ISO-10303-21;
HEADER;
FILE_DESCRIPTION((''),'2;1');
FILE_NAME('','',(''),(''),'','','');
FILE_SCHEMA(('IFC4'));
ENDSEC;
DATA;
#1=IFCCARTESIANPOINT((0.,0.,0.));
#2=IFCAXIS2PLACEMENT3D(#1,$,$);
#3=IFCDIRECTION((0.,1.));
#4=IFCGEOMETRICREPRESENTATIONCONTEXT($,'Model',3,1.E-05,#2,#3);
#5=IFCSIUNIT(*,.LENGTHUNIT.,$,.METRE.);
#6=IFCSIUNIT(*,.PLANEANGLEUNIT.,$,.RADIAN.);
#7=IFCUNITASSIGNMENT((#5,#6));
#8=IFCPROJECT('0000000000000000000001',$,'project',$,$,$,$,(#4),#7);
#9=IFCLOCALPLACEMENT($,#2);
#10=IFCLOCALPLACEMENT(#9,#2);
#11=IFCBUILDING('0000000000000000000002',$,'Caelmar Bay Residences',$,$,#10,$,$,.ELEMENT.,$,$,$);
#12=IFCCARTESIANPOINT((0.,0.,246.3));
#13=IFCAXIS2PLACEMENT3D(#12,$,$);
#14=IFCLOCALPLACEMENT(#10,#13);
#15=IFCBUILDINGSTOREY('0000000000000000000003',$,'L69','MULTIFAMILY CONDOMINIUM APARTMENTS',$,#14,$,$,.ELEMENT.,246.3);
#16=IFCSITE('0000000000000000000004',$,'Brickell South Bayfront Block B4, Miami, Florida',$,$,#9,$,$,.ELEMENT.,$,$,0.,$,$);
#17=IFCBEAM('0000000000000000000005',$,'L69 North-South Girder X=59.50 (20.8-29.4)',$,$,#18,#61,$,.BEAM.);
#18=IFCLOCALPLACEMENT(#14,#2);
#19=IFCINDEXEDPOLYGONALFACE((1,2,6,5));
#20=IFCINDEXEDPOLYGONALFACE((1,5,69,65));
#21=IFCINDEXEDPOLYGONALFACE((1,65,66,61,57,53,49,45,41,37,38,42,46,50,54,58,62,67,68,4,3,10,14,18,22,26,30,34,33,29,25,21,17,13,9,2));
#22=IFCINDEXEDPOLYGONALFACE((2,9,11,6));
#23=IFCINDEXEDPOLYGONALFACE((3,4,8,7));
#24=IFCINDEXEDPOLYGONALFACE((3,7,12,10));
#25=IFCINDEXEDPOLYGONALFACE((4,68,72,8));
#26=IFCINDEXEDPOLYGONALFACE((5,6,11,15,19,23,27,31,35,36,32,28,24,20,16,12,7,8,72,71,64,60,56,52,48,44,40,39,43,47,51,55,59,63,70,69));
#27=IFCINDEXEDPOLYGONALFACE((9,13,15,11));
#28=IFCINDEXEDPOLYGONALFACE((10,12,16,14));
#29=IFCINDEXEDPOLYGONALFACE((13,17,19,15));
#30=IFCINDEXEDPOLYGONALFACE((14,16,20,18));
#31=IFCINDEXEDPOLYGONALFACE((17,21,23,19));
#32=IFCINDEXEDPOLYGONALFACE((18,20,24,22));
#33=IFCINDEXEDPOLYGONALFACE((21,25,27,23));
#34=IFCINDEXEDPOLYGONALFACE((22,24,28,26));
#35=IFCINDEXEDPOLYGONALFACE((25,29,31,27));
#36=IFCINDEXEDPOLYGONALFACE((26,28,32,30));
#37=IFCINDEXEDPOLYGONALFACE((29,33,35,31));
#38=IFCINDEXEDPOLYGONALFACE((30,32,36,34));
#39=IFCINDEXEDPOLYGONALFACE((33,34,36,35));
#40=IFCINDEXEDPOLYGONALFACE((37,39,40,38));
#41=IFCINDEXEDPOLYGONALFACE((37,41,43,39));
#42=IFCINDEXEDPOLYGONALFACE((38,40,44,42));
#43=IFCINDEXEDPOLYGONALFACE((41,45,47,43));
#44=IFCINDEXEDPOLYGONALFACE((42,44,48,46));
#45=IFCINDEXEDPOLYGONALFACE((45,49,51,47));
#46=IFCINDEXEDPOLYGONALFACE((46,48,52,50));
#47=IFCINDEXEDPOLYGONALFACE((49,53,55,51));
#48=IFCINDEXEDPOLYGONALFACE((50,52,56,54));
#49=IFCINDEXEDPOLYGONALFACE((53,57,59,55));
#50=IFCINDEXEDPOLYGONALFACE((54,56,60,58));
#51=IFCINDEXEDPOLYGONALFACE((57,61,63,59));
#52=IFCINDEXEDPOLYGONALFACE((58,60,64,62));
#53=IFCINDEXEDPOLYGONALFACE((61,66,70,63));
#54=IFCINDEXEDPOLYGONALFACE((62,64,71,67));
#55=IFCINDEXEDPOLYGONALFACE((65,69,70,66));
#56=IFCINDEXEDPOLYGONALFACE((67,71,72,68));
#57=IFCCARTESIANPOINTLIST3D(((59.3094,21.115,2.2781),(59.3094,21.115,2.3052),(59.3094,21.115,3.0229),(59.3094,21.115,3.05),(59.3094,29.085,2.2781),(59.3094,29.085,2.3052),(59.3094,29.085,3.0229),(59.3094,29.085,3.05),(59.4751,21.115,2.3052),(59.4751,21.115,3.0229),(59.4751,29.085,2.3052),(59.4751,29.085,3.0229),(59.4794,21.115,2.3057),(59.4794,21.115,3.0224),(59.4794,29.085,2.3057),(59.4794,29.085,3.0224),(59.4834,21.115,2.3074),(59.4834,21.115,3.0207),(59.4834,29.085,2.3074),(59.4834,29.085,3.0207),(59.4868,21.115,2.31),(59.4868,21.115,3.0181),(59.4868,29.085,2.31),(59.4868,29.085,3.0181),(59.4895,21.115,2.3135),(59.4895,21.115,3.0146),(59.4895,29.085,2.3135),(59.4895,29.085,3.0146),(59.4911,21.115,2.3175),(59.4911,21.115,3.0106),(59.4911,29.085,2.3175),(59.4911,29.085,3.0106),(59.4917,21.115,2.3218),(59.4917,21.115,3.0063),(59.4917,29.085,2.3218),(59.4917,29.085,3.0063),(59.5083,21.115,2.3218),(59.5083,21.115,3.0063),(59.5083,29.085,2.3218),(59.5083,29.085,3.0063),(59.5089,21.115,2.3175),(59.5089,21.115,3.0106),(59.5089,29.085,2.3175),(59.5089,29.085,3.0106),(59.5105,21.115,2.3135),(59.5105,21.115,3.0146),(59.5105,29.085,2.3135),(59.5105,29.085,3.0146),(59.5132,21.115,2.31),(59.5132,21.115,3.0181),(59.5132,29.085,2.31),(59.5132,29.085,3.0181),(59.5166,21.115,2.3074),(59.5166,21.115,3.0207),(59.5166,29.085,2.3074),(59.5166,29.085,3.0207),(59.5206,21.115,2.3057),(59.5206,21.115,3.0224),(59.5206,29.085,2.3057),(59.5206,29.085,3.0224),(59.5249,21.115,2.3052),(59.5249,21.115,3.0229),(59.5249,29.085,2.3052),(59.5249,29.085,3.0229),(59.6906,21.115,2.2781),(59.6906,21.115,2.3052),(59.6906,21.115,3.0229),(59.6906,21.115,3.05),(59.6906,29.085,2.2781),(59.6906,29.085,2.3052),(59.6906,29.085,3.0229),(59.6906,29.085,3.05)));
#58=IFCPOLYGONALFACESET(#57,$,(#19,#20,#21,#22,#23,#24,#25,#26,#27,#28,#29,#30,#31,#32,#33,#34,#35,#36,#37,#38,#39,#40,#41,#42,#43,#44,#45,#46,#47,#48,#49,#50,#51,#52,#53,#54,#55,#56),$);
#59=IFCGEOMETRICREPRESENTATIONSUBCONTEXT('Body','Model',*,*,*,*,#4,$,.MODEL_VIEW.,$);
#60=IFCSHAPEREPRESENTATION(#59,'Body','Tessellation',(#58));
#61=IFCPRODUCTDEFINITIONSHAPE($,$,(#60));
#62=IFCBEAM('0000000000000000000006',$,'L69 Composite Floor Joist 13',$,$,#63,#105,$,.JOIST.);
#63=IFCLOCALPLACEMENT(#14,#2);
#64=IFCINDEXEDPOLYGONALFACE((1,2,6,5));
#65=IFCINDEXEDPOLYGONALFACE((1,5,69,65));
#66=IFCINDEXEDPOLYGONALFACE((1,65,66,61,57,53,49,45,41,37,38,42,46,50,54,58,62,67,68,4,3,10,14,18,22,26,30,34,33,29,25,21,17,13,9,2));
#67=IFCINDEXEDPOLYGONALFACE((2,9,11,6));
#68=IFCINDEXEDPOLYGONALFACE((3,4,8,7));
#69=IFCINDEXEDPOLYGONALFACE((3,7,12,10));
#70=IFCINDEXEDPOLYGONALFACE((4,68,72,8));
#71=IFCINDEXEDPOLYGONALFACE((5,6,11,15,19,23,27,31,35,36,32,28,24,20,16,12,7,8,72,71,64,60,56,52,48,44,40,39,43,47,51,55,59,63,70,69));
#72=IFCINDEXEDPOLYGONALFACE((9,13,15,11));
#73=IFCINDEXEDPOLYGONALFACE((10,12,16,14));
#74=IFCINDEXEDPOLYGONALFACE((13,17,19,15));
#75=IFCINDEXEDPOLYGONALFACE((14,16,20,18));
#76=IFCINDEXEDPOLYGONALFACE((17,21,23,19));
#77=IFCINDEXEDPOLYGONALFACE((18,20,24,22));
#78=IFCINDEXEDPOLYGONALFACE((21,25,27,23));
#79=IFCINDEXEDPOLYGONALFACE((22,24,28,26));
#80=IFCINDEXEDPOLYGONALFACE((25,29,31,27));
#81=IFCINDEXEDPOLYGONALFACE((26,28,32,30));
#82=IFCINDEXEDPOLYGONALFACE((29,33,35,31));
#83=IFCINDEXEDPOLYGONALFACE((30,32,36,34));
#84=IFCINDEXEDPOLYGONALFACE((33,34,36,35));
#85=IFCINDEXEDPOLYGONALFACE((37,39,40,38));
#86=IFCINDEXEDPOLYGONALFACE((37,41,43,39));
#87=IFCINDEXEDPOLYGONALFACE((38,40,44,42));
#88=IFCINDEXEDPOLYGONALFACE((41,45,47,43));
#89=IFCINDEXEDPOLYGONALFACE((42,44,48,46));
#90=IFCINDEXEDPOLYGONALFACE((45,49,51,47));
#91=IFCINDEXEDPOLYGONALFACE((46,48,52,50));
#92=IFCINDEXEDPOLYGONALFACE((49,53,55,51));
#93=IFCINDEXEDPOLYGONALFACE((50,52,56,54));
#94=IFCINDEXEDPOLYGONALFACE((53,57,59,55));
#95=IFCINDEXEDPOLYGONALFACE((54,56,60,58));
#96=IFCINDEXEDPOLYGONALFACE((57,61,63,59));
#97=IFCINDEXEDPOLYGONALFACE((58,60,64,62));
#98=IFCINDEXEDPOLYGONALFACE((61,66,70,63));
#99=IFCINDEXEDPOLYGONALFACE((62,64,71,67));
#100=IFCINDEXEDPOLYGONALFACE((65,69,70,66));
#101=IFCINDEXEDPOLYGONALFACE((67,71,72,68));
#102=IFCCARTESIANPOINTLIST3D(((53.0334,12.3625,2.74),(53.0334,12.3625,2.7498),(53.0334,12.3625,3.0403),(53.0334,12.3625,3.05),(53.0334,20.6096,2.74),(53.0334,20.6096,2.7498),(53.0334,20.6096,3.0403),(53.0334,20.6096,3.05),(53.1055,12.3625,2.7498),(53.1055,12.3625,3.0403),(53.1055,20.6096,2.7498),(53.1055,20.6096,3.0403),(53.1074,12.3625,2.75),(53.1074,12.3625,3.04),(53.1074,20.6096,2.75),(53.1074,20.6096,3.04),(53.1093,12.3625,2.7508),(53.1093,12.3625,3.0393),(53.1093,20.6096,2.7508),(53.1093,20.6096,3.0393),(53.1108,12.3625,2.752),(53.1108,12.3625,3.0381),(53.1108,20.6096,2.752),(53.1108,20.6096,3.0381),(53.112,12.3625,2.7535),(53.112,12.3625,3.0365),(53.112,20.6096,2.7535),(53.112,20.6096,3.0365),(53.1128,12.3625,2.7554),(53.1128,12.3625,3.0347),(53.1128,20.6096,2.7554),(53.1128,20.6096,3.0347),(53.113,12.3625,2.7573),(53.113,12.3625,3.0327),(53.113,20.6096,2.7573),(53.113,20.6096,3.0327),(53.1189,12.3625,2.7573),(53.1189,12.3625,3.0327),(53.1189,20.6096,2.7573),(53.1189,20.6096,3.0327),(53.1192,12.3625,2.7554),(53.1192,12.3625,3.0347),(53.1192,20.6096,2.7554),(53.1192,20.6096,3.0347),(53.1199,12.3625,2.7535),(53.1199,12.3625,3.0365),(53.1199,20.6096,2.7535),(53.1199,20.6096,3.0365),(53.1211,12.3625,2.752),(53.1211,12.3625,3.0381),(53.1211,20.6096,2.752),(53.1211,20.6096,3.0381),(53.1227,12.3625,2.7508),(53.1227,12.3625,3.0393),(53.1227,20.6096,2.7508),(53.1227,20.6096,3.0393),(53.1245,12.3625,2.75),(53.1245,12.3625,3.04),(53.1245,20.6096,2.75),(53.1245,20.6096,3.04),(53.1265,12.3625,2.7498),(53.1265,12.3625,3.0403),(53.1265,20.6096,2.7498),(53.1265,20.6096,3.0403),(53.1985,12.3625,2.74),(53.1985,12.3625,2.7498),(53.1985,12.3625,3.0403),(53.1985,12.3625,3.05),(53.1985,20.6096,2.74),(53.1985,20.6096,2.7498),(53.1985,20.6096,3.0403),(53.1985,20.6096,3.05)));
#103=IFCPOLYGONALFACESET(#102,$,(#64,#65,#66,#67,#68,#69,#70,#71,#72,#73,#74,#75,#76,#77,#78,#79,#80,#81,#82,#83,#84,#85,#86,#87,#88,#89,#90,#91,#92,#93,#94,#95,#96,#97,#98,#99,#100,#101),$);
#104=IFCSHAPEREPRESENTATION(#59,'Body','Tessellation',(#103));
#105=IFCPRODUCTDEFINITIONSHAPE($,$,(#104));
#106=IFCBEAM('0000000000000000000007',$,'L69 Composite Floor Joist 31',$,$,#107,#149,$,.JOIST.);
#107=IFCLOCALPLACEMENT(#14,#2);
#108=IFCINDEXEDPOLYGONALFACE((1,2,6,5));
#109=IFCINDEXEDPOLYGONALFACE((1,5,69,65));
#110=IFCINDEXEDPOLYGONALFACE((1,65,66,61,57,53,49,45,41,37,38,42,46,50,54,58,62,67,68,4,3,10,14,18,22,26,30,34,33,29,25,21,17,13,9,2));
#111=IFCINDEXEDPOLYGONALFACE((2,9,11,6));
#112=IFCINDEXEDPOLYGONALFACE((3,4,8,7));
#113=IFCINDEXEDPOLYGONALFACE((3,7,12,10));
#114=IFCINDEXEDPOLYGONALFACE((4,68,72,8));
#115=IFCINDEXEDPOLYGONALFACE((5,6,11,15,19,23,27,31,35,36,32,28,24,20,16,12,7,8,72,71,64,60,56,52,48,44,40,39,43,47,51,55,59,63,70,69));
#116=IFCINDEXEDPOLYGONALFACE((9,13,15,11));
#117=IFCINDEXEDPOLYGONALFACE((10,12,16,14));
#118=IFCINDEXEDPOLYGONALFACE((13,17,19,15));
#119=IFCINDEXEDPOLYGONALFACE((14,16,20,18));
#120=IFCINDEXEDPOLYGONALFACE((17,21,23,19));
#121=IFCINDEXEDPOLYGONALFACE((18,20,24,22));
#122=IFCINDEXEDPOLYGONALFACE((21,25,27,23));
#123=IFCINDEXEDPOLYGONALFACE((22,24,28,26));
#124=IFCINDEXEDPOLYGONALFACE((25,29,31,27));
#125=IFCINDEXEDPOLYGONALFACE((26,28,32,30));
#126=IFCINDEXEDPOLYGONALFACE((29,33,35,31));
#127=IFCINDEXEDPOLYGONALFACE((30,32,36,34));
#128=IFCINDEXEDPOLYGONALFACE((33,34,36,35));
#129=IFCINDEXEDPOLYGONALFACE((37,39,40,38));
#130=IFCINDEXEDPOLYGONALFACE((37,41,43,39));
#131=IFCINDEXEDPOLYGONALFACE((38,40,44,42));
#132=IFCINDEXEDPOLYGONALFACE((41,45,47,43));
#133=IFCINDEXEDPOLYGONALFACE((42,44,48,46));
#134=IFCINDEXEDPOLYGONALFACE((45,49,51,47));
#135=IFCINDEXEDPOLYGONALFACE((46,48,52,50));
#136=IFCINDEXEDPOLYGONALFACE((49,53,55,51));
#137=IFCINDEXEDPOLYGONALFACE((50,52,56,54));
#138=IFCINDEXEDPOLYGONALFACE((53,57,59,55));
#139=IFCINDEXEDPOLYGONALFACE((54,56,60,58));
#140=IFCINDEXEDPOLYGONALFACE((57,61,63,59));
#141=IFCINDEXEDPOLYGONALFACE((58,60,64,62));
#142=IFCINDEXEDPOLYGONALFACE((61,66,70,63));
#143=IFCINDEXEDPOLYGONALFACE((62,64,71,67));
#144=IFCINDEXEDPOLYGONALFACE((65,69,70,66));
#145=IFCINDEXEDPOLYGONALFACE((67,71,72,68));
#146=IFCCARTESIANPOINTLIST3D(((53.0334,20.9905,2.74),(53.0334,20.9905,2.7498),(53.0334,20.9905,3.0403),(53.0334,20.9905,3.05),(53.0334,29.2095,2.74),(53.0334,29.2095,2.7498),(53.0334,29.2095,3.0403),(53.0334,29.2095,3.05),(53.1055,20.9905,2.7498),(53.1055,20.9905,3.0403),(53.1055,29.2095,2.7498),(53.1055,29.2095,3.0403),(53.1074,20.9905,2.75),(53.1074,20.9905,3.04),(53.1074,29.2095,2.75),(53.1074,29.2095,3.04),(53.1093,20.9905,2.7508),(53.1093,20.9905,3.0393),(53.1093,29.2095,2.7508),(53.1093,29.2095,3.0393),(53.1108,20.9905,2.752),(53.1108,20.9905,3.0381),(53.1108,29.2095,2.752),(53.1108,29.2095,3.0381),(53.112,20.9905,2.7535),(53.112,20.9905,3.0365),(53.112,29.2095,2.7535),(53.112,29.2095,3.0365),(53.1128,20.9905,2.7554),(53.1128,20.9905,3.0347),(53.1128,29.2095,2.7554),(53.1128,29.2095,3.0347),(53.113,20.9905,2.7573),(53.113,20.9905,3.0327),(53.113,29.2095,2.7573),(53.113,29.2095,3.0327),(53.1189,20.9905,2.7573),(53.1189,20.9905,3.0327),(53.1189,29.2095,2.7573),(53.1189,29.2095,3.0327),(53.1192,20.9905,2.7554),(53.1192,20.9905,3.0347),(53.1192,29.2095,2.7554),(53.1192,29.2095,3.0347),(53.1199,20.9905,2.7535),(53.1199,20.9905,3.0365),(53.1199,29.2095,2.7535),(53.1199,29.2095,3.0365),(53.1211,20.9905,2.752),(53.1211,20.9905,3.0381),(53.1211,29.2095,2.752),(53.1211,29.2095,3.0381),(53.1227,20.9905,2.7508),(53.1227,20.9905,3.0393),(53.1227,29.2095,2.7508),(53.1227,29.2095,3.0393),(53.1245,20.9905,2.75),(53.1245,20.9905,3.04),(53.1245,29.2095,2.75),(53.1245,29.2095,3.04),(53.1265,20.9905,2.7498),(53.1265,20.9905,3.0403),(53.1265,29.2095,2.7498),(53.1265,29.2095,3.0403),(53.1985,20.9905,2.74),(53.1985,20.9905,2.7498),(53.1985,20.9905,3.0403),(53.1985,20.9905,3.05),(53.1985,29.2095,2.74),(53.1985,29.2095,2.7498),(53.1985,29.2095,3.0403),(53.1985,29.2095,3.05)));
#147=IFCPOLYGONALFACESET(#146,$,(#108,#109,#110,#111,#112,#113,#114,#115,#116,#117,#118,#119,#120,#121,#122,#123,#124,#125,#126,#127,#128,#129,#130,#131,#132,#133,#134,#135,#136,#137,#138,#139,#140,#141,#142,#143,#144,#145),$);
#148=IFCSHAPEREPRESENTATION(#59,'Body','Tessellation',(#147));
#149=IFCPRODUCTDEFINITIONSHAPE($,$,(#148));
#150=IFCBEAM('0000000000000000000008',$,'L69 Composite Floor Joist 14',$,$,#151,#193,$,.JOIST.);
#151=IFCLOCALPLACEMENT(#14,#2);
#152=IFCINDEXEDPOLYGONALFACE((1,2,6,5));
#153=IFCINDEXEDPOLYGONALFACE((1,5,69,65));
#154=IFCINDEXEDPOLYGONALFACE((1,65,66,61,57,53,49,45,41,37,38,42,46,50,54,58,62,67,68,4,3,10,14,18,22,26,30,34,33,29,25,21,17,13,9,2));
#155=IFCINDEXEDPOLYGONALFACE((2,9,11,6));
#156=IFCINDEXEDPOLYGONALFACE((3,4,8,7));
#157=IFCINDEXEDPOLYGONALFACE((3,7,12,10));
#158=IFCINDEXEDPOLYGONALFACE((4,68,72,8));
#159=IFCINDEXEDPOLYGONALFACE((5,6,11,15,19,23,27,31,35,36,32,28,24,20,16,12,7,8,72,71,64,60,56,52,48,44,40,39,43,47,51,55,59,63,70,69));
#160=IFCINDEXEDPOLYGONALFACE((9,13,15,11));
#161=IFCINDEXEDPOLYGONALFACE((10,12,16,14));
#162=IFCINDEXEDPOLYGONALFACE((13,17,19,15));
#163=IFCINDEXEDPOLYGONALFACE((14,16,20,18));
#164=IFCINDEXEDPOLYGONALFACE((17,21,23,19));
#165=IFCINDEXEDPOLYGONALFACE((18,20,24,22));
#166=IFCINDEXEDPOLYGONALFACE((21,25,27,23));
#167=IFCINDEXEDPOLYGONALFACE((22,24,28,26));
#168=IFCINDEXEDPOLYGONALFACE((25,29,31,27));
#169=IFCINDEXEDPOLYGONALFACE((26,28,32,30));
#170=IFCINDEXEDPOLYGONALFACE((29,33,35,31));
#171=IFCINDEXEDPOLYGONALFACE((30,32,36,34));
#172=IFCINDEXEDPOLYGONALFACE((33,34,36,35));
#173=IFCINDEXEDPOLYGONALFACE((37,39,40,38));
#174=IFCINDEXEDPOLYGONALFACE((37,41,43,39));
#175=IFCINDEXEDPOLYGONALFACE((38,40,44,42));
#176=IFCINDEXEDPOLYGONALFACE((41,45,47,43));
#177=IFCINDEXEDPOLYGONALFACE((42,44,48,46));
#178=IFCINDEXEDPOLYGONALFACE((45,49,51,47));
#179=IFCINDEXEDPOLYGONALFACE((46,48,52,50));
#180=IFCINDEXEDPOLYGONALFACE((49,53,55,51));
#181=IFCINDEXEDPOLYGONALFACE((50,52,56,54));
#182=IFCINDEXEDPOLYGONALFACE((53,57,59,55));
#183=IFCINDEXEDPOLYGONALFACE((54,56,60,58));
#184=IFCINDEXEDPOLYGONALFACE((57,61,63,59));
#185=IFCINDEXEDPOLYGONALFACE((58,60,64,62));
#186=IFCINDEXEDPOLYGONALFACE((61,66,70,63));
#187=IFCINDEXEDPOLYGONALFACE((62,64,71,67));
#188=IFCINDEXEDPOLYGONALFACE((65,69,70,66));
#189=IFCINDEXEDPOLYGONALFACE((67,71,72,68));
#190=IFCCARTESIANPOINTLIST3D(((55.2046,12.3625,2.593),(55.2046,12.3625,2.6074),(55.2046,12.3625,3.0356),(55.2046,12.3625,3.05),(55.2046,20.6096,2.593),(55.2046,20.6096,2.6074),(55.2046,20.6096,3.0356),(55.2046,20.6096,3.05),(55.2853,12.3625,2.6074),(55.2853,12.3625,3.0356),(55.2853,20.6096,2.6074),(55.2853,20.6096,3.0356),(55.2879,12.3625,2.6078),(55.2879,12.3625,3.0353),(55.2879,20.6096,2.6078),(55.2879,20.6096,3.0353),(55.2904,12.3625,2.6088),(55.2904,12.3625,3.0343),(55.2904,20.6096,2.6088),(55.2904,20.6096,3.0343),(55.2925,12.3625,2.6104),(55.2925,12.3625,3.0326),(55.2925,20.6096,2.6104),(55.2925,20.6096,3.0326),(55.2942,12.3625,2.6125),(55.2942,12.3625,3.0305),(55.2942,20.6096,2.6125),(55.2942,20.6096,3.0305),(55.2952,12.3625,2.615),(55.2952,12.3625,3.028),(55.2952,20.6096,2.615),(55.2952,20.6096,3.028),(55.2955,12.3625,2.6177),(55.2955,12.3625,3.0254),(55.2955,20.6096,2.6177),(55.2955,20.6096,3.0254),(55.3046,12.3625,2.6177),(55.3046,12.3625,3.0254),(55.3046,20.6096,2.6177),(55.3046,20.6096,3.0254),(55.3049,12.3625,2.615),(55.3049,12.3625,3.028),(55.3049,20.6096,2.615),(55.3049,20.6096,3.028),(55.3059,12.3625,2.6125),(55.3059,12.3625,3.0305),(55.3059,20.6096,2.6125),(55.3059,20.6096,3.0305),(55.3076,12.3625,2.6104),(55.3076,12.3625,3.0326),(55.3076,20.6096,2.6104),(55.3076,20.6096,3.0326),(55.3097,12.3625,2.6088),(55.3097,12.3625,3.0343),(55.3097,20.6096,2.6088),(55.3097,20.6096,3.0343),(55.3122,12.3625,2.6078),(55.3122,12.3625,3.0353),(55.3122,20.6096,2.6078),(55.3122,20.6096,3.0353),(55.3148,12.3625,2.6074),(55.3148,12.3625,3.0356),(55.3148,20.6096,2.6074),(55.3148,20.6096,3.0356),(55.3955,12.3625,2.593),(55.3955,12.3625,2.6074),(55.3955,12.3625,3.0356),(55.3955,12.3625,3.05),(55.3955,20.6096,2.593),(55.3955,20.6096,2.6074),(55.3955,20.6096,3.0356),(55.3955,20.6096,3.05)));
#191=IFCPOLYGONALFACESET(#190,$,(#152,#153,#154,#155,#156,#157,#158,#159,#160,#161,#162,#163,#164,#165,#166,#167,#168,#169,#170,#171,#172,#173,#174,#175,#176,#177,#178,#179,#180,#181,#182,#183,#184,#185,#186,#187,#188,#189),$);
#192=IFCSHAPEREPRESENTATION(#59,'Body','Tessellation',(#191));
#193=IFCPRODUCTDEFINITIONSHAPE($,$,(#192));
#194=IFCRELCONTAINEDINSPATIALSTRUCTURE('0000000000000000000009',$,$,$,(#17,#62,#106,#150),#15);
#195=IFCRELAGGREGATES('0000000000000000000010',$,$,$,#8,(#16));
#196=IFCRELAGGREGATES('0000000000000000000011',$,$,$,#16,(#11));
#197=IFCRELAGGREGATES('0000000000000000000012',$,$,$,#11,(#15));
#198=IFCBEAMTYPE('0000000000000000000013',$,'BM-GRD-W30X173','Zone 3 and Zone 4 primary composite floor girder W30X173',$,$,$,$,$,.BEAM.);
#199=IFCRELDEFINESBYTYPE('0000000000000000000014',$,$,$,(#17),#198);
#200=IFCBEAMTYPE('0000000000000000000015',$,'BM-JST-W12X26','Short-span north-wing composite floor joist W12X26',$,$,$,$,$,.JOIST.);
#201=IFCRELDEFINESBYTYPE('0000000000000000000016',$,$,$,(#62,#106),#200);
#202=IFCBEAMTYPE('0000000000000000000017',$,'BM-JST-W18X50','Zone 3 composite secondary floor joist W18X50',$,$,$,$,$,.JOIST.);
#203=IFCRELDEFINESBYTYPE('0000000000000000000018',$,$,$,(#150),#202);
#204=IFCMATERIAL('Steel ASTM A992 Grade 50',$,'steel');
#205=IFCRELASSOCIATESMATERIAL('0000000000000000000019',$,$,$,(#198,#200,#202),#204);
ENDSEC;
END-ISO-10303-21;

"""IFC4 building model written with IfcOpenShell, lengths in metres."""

from ifc_helpers import new_model, si_unit, direction, frame, origin, origin_2d, place, context, subcontext, project, spatial, i_section, extrude, material, material_profile, profile_set, type_object, element, save


model = new_model("IFC4")

# Units and contexts
model_context = context("Model", 3, precision=1e-05, world=origin(), true_north=direction((0.0, 1.0)))
body_context = subcontext(model_context, "Body", "Model", "MODEL_VIEW")
ifc_project = project(units=[si_unit("LENGTHUNIT", "METRE"), si_unit("PLANEANGLEUNIT", "RADIAN")], contexts=[model_context])

# Site, building, storey
site_placement = place(None, origin())
site = spatial("IfcSite", under=ifc_project, at=site_placement, Name="Brickell South Bayfront Block B4, Miami, Florida", CompositionType="ELEMENT", RefElevation=0.0)
building_placement = place(site_placement, origin())
building = spatial("IfcBuilding", under=site, at=building_placement, Name="Caelmar Bay Residences", CompositionType="ELEMENT")
storey_placement = place(building_placement, frame((0.0, 0.0, 246.3)))
storey = spatial("IfcBuildingStorey", under=building, at=storey_placement, Name="L69", Description="MULTIFAMILY CONDOMINIUM APARTMENTS", CompositionType="ELEMENT", Elevation=246.3)

# Beams
ifc_material_1 = material(Name="Steel ASTM A992 Grade 50", Category="steel")
ifc_material_profile_1 = material_profile(ifc_material_1, i_section(OverallWidth=0.3811, OverallDepth=0.772, WebThickness=0.0166, FlangeThickness=0.0271, FilletRadius=0.0166, at=origin_2d()), Name="W30X173")
ifc_profile_set_1 = profile_set([ifc_material_profile_1], Name="Steel ASTM A992 Grade 50")
beam_type_1 = type_object("IfcBeamType", Name="BM-GRD-W30X173", Description="Zone 3 and Zone 4 primary composite floor girder W30X173", PredefinedType="BEAM", material=ifc_profile_set_1)
beam_1_placement = place(storey_placement, frame((59.5, 21.115, 2.6641), z_axis=(0.0, 1.0, 0.0), x_axis=(-1.0, 0.0, 0.0)))
element("IfcBeam", 1, at=beam_1_placement, inside=storey, type_object=beam_type_1, Name="L69 North-South Girder X=59.50 (20.8-29.4)", PredefinedType="BEAM", context=body_context, shape_type="SweptSolid", body=[
    extrude(i_section(OverallWidth=0.3811, OverallDepth=0.772, WebThickness=0.0166, FlangeThickness=0.0271, FilletRadius=0.0166, at=origin_2d()), origin(), (0.0, 0.0, 1.0), 7.97),
])
ifc_material_profile_2 = material_profile(ifc_material_1, i_section(OverallWidth=0.165, OverallDepth=0.3101, WebThickness=0.0059, FlangeThickness=0.0098, FilletRadius=0.0076, at=origin_2d()), Name="W12X26")
ifc_profile_set_2 = profile_set([ifc_material_profile_2], Name="Steel ASTM A992 Grade 50")
beam_type_2 = type_object("IfcBeamType", Name="BM-JST-W12X26", Description="Short-span north-wing composite floor joist W12X26", PredefinedType="JOIST", material=ifc_profile_set_2)
beam_2_placement = place(storey_placement, frame((53.116, 12.3625, 2.895), z_axis=(0.0, 1.0, 0.0), x_axis=(-1.0, 0.0, 0.0)))
element("IfcBeam", 2, at=beam_2_placement, inside=storey, type_object=beam_type_2, Name="L69 Composite Floor Joist 13", PredefinedType="JOIST", context=body_context, shape_type="SweptSolid", body=[
    extrude(i_section(OverallWidth=0.165, OverallDepth=0.3101, WebThickness=0.0059, FlangeThickness=0.0098, FilletRadius=0.0076, at=origin_2d()), origin(), (0.0, 0.0, 1.0), 8.2471),
])
beam_3_placement = place(storey_placement, frame((53.116, 20.9905, 2.895), z_axis=(0.0, 1.0, 0.0), x_axis=(-1.0, 0.0, 0.0)))
element("IfcBeam", 3, at=beam_3_placement, inside=storey, type_object=beam_type_2, Name="L69 Composite Floor Joist 31", PredefinedType="JOIST", context=body_context, shape_type="SweptSolid", body=[
    extrude(i_section(OverallWidth=0.165, OverallDepth=0.3101, WebThickness=0.0059, FlangeThickness=0.0098, FilletRadius=0.0076, at=origin_2d()), origin(), (0.0, 0.0, 1.0), 8.219),
])
ifc_material_profile_3 = material_profile(ifc_material_1, i_section(OverallWidth=0.1909, OverallDepth=0.457, WebThickness=0.009, FlangeThickness=0.0144, FilletRadius=0.0103, at=origin_2d()), Name="W18X50")
ifc_profile_set_3 = profile_set([ifc_material_profile_3], Name="Steel ASTM A992 Grade 50")
beam_type_3 = type_object("IfcBeamType", Name="BM-JST-W18X50", Description="Zone 3 composite secondary floor joist W18X50", PredefinedType="JOIST", material=ifc_profile_set_3)
beam_4_placement = place(storey_placement, frame((55.3, 12.3625, 2.8215), z_axis=(0.0, 1.0, 0.0), x_axis=(-1.0, 0.0, 0.0)))
element("IfcBeam", 4, at=beam_4_placement, inside=storey, type_object=beam_type_3, Name="L69 Composite Floor Joist 14", PredefinedType="JOIST", context=body_context, shape_type="SweptSolid", body=[
    extrude(i_section(OverallWidth=0.1909, OverallDepth=0.457, WebThickness=0.009, FlangeThickness=0.0144, FilletRadius=0.0103, at=origin_2d()), origin(), (0.0, 0.0, 1.0), 8.2471),
])

save(model, "model.ifc")
